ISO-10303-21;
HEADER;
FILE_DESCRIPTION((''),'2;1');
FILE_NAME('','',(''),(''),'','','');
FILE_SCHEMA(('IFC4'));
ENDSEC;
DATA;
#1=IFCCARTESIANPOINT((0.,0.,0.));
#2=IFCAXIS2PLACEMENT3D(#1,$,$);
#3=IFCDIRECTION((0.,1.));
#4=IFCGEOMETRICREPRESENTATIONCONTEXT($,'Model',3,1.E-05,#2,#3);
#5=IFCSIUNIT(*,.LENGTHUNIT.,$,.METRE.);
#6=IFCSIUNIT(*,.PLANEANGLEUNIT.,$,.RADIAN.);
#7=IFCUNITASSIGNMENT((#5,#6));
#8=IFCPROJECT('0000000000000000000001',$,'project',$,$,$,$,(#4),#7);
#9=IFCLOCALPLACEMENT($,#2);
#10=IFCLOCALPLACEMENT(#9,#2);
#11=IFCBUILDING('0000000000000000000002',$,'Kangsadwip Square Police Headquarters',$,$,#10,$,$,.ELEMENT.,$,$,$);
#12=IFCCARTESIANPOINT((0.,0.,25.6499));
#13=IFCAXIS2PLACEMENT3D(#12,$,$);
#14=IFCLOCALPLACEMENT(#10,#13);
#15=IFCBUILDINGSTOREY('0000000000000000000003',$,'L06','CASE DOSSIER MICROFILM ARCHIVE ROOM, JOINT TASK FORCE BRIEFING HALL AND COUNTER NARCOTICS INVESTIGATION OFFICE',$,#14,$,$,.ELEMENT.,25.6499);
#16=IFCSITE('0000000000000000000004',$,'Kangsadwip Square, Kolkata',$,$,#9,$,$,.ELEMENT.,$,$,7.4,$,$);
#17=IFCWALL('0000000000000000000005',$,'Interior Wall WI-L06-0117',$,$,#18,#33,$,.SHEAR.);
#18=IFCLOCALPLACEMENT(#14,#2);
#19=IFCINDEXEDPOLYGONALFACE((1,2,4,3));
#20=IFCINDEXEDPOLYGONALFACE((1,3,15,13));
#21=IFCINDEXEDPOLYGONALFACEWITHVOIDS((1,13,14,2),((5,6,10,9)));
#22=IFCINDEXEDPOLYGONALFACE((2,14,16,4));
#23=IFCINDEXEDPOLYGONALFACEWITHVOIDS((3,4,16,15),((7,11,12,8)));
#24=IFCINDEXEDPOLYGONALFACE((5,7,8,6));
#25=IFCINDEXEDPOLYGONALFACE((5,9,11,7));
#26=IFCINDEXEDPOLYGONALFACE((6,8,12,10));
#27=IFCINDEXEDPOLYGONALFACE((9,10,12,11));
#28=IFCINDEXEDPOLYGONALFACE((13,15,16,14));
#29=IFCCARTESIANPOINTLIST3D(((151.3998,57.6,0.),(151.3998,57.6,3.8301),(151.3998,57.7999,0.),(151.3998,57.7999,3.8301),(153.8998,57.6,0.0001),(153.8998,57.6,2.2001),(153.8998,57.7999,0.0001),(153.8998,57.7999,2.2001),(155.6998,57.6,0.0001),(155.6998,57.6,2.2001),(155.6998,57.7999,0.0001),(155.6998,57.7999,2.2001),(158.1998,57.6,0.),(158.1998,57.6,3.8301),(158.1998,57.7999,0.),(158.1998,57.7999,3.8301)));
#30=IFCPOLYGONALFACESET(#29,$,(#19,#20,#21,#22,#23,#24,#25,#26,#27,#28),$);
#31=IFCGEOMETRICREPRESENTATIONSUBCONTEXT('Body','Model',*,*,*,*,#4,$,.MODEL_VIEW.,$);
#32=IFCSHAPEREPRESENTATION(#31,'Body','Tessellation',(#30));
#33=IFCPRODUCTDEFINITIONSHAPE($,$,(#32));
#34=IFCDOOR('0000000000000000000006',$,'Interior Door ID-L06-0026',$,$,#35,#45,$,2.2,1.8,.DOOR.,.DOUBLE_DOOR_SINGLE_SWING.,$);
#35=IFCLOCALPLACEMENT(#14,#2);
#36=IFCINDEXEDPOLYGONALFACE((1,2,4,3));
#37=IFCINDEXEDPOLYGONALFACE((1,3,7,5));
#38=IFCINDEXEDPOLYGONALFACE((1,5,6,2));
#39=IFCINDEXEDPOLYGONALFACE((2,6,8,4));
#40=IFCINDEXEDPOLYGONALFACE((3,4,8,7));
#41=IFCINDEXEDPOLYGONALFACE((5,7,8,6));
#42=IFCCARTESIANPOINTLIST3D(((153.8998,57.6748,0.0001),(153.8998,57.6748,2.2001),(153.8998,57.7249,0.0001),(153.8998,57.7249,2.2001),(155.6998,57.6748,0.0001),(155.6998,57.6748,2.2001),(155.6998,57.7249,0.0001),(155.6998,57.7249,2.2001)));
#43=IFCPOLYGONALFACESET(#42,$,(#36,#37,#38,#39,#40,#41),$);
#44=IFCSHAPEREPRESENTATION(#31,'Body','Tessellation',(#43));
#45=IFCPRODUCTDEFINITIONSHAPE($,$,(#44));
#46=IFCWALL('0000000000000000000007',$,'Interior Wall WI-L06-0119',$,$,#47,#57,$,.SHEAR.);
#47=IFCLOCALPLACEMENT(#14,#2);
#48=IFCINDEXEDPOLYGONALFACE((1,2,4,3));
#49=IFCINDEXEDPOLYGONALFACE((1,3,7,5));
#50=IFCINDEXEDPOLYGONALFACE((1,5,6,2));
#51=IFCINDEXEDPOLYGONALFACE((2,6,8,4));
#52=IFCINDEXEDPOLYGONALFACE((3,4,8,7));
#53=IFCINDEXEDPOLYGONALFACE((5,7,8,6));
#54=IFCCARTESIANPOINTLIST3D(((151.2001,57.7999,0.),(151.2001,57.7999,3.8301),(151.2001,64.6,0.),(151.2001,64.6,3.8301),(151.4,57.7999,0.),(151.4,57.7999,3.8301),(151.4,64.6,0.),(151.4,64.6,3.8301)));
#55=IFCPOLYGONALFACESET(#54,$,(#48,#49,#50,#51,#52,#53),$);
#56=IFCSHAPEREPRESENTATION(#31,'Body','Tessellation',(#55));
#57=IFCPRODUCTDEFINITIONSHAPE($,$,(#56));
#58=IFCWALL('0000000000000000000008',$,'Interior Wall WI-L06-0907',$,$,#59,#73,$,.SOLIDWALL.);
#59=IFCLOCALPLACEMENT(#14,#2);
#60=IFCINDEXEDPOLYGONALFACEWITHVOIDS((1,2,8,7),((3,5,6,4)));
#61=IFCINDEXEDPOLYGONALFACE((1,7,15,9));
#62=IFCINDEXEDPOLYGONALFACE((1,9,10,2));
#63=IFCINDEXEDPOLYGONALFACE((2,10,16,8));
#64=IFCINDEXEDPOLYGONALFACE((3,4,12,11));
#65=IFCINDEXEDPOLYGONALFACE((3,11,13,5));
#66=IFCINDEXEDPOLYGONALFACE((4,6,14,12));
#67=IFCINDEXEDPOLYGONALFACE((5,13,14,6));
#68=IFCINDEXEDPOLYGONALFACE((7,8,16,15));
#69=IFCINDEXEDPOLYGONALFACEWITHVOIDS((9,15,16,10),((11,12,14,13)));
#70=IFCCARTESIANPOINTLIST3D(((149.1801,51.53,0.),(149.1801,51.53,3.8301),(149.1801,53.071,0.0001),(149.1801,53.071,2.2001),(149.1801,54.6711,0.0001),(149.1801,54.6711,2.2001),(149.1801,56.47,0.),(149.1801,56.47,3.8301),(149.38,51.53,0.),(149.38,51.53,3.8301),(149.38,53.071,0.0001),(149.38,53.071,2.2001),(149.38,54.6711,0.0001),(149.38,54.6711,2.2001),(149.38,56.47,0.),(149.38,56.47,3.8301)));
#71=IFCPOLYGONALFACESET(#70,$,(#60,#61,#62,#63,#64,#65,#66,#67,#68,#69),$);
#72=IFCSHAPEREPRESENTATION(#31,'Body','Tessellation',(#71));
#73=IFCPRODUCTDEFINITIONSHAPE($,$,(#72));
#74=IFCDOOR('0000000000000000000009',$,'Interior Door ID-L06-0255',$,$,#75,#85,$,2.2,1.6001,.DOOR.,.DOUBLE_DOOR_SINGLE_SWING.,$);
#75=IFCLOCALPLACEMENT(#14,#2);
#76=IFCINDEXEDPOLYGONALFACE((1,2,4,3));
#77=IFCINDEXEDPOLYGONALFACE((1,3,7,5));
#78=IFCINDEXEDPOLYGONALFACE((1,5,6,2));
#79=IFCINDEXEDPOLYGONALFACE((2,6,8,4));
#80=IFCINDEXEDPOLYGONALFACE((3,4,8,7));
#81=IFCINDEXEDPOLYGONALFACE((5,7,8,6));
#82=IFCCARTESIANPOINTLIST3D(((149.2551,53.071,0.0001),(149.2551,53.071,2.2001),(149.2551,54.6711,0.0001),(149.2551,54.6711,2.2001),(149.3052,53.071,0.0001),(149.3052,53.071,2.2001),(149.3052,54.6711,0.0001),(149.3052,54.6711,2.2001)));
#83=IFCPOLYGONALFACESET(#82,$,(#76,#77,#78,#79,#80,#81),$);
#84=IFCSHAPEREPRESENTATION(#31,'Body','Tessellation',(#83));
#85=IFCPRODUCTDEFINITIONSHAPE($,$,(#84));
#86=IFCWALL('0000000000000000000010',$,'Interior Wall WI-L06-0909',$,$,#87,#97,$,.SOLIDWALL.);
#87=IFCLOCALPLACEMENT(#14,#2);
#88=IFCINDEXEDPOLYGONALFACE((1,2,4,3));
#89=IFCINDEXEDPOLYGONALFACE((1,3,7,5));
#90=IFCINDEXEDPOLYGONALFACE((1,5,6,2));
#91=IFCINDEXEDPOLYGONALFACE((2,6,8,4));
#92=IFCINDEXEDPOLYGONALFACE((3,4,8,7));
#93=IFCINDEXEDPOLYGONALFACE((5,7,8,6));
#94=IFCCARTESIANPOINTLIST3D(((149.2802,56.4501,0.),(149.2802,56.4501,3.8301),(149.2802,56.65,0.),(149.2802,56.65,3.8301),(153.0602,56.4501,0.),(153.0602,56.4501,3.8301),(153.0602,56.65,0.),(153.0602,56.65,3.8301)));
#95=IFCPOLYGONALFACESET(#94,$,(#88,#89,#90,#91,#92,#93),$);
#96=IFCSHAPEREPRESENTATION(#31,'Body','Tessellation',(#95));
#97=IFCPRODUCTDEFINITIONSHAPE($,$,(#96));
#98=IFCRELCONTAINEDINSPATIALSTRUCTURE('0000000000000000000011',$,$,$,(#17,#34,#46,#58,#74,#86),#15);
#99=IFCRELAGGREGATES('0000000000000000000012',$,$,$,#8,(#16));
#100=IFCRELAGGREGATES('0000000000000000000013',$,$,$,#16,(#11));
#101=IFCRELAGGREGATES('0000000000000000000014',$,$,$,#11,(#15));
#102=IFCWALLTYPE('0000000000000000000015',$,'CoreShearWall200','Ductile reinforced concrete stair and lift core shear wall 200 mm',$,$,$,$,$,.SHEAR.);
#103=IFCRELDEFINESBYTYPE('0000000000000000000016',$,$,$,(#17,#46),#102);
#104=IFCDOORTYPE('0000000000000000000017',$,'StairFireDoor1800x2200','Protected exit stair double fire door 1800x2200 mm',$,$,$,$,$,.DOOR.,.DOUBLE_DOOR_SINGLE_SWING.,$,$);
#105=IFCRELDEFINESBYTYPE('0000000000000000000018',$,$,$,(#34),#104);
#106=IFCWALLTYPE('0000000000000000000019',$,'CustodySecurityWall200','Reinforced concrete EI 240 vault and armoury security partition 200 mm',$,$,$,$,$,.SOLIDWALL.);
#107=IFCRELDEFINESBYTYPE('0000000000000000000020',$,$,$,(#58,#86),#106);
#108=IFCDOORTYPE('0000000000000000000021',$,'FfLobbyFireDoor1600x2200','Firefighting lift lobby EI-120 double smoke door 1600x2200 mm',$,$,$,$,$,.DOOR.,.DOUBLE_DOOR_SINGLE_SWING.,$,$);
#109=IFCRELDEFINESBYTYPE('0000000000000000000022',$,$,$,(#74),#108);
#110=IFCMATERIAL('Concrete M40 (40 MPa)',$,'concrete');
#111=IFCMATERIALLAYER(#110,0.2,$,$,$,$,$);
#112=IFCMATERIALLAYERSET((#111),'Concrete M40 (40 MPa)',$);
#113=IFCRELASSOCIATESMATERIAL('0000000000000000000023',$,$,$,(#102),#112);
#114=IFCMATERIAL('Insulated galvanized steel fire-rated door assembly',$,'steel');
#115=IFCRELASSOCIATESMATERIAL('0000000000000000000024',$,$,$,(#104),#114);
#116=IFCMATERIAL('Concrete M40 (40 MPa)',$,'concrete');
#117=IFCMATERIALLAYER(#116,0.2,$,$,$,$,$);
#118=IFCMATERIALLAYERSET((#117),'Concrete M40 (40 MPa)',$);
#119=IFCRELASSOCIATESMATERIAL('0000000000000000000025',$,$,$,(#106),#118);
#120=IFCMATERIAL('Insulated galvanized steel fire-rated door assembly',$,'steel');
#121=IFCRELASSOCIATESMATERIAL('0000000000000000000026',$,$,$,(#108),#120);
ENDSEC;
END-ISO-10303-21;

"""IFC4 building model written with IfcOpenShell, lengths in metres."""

from ifc_helpers import new_model, si_unit, direction, frame, frame_2d, origin, place, context, subcontext, project, spatial, rectangle, extrude, material, layer, layer_set, type_object, element, fill, save


model = new_model("IFC4")

# Units and contexts
model_context = context("Model", 3, precision=1e-05, world=origin(), true_north=direction((0.0, 1.0)))
body_context = subcontext(model_context, "Body", "Model", "MODEL_VIEW")
ifc_project = project(units=[si_unit("LENGTHUNIT", "METRE"), si_unit("PLANEANGLEUNIT", "RADIAN")], contexts=[model_context])

# Site, building, storey
site_placement = place(None, origin())
site = spatial("IfcSite", under=ifc_project, at=site_placement, Name="Kangsadwip Square, Kolkata", CompositionType="ELEMENT", RefElevation=7.4)
building_placement = place(site_placement, origin())
building = spatial("IfcBuilding", under=site, at=building_placement, Name="Kangsadwip Square Police Headquarters", CompositionType="ELEMENT")
storey_placement = place(building_placement, frame((0.0, 0.0, 25.6499)))
storey = spatial("IfcBuildingStorey", under=building, at=storey_placement, Name="L06", Description="CASE DOSSIER MICROFILM ARCHIVE ROOM, JOINT TASK FORCE BRIEFING HALL AND COUNTER NARCOTICS INVESTIGATION OFFICE", CompositionType="ELEMENT", Elevation=25.6499)

# Wall, opening, door
ifc_material_1 = material(Name="Concrete M40 (40 MPa)", Category="concrete")
ifc_layer_1 = layer(ifc_material_1, 0.2)
ifc_layer_set_1 = layer_set([ifc_layer_1], Name="Concrete M40 (40 MPa)")
wall_type_1 = type_object("IfcWallType", Name="CoreShearWall200", Description="Ductile reinforced concrete stair and lift core shear wall 200 mm", PredefinedType="SHEAR", material=ifc_layer_set_1)
wall_1_placement = place(storey_placement, frame((151.3999, 57.7, 0.0), z_axis=(0.0, 0.0, 1.0), x_axis=(1.0, 0.0, 0.0)))
wall_1 = element("IfcWall", 1, at=wall_1_placement, inside=storey, type_object=wall_type_1, Name="Interior Wall WI-L06-0117", PredefinedType="SHEAR", context=body_context, shape_type="SweptSolid", body=[
    extrude(rectangle(XDim=6.8, YDim=0.2, at=frame_2d((3.3999, 0.0))), origin(), (0.0, 0.0, 1.0), 3.8301),
])
opening_1_placement = place(wall_1_placement, frame((2.5, 0.0, 0.0)))
opening_1 = element("IfcOpeningElement", 2, at=opening_1_placement, cuts=wall_1, PredefinedType="OPENING", context=body_context, shape_type="SweptSolid", body=[
    extrude(rectangle(XDim=1.8, YDim=2.2, at=frame_2d((0.8999, 1.1001))), frame((0.0, 0.1099, 0.0), z_axis=(0.0, -1.0, 0.0), x_axis=(1.0, 0.0, 0.0)), (0.0, 0.0, 1.0), 0.22),
])
ifc_material_2 = material(Name="Insulated galvanized steel fire-rated door assembly", Category="steel")
door_type_1 = type_object("IfcDoorType", Name="StairFireDoor1800x2200", Description="Protected exit stair double fire door 1800x2200 mm", OperationType="DOUBLE_DOOR_SINGLE_SWING", PredefinedType="DOOR", material=ifc_material_2)
door_1_placement = place(opening_1_placement, origin())
door_1 = element("IfcDoor", 3, at=door_1_placement, inside=storey, type_object=door_type_1, Name="Interior Door ID-L06-0026", OperationType="DOUBLE_DOOR_SINGLE_SWING", OverallHeight=2.2, OverallWidth=1.8, PredefinedType="DOOR", context=body_context, shape_type="SweptSolid", body=[
    extrude(rectangle(XDim=1.8, YDim=2.2, at=frame_2d((0.8999, 1.1001))), frame((0.0, 0.0249, 0.0), z_axis=(0.0, -1.0, 0.0), x_axis=(1.0, 0.0, 0.0)), (0.0, 0.0, 1.0), 0.05),
])
fill(opening_1, door_1)

# Wall
wall_2_placement = place(storey_placement, frame((151.3, 57.8, 0.0), z_axis=(0.0, 0.0, 1.0), x_axis=(0.0, 1.0, 0.0)))
element("IfcWall", 4, at=wall_2_placement, inside=storey, type_object=wall_type_1, Name="Interior Wall WI-L06-0119", PredefinedType="SHEAR", context=body_context, shape_type="SweptSolid", body=[
    extrude(rectangle(XDim=6.8, YDim=0.2, at=frame_2d((3.3999, 0.0))), origin(), (0.0, 0.0, 1.0), 3.8301),
])

# Wall, opening, door
ifc_material_3 = material(Name="Concrete M40 (40 MPa)", Category="concrete")
ifc_layer_2 = layer(ifc_material_3, 0.2)
ifc_layer_set_2 = layer_set([ifc_layer_2], Name="Concrete M40 (40 MPa)")
wall_type_2 = type_object("IfcWallType", Name="CustodySecurityWall200", Description="Reinforced concrete EI 240 vault and armoury security partition 200 mm", PredefinedType="SOLIDWALL", material=ifc_layer_set_2)
wall_3_placement = place(storey_placement, frame((149.28, 51.53, 0.0), z_axis=(0.0, 0.0, 1.0), x_axis=(0.0, 1.0, 0.0)))
wall_3 = element("IfcWall", 5, at=wall_3_placement, inside=storey, type_object=wall_type_2, Name="Interior Wall WI-L06-0907", PredefinedType="SOLIDWALL", context=body_context, shape_type="SweptSolid", body=[
    extrude(rectangle(XDim=4.9399, YDim=0.2, at=frame_2d((2.47, 0.0))), origin(), (0.0, 0.0, 1.0), 3.8301),
])
opening_2_placement = place(wall_3_placement, frame((1.541, 0.0, 0.0)))
opening_2 = element("IfcOpeningElement", 6, at=opening_2_placement, cuts=wall_3, PredefinedType="OPENING", context=body_context, shape_type="SweptSolid", body=[
    extrude(rectangle(XDim=1.6001, YDim=2.2, at=frame_2d((0.8, 1.1001))), frame((0.0, 0.1099, 0.0), z_axis=(0.0, -1.0, 0.0), x_axis=(1.0, 0.0, 0.0)), (0.0, 0.0, 1.0), 0.22),
])
ifc_material_4 = material(Name="Insulated galvanized steel fire-rated door assembly", Category="steel")
door_type_2 = type_object("IfcDoorType", Name="FfLobbyFireDoor1600x2200", Description="Firefighting lift lobby EI-120 double smoke door 1600x2200 mm", OperationType="DOUBLE_DOOR_SINGLE_SWING", PredefinedType="DOOR", material=ifc_material_4)
door_2_placement = place(opening_2_placement, origin())
door_2 = element("IfcDoor", 7, at=door_2_placement, inside=storey, type_object=door_type_2, Name="Interior Door ID-L06-0255", OperationType="DOUBLE_DOOR_SINGLE_SWING", OverallHeight=2.2, OverallWidth=1.6001, PredefinedType="DOOR", context=body_context, shape_type="SweptSolid", body=[
    extrude(rectangle(XDim=1.6001, YDim=2.2, at=frame_2d((0.8, 1.1001))), frame((0.0, 0.0249, 0.0), z_axis=(0.0, -1.0, 0.0), x_axis=(1.0, 0.0, 0.0)), (0.0, 0.0, 1.0), 0.05),
])
fill(opening_2, door_2)

# Wall
wall_4_placement = place(storey_placement, frame((149.28, 56.55, 0.0), z_axis=(0.0, 0.0, 1.0), x_axis=(1.0, 0.0, 0.0)))
element("IfcWall", 8, at=wall_4_placement, inside=storey, type_object=wall_type_2, Name="Interior Wall WI-L06-0909", PredefinedType="SOLIDWALL", context=body_context, shape_type="SweptSolid", body=[
    extrude(rectangle(XDim=3.78, YDim=0.2, at=frame_2d((1.8901, 0.0))), origin(), (0.0, 0.0, 1.0), 3.8301),
])

save(model, "model.ifc")
